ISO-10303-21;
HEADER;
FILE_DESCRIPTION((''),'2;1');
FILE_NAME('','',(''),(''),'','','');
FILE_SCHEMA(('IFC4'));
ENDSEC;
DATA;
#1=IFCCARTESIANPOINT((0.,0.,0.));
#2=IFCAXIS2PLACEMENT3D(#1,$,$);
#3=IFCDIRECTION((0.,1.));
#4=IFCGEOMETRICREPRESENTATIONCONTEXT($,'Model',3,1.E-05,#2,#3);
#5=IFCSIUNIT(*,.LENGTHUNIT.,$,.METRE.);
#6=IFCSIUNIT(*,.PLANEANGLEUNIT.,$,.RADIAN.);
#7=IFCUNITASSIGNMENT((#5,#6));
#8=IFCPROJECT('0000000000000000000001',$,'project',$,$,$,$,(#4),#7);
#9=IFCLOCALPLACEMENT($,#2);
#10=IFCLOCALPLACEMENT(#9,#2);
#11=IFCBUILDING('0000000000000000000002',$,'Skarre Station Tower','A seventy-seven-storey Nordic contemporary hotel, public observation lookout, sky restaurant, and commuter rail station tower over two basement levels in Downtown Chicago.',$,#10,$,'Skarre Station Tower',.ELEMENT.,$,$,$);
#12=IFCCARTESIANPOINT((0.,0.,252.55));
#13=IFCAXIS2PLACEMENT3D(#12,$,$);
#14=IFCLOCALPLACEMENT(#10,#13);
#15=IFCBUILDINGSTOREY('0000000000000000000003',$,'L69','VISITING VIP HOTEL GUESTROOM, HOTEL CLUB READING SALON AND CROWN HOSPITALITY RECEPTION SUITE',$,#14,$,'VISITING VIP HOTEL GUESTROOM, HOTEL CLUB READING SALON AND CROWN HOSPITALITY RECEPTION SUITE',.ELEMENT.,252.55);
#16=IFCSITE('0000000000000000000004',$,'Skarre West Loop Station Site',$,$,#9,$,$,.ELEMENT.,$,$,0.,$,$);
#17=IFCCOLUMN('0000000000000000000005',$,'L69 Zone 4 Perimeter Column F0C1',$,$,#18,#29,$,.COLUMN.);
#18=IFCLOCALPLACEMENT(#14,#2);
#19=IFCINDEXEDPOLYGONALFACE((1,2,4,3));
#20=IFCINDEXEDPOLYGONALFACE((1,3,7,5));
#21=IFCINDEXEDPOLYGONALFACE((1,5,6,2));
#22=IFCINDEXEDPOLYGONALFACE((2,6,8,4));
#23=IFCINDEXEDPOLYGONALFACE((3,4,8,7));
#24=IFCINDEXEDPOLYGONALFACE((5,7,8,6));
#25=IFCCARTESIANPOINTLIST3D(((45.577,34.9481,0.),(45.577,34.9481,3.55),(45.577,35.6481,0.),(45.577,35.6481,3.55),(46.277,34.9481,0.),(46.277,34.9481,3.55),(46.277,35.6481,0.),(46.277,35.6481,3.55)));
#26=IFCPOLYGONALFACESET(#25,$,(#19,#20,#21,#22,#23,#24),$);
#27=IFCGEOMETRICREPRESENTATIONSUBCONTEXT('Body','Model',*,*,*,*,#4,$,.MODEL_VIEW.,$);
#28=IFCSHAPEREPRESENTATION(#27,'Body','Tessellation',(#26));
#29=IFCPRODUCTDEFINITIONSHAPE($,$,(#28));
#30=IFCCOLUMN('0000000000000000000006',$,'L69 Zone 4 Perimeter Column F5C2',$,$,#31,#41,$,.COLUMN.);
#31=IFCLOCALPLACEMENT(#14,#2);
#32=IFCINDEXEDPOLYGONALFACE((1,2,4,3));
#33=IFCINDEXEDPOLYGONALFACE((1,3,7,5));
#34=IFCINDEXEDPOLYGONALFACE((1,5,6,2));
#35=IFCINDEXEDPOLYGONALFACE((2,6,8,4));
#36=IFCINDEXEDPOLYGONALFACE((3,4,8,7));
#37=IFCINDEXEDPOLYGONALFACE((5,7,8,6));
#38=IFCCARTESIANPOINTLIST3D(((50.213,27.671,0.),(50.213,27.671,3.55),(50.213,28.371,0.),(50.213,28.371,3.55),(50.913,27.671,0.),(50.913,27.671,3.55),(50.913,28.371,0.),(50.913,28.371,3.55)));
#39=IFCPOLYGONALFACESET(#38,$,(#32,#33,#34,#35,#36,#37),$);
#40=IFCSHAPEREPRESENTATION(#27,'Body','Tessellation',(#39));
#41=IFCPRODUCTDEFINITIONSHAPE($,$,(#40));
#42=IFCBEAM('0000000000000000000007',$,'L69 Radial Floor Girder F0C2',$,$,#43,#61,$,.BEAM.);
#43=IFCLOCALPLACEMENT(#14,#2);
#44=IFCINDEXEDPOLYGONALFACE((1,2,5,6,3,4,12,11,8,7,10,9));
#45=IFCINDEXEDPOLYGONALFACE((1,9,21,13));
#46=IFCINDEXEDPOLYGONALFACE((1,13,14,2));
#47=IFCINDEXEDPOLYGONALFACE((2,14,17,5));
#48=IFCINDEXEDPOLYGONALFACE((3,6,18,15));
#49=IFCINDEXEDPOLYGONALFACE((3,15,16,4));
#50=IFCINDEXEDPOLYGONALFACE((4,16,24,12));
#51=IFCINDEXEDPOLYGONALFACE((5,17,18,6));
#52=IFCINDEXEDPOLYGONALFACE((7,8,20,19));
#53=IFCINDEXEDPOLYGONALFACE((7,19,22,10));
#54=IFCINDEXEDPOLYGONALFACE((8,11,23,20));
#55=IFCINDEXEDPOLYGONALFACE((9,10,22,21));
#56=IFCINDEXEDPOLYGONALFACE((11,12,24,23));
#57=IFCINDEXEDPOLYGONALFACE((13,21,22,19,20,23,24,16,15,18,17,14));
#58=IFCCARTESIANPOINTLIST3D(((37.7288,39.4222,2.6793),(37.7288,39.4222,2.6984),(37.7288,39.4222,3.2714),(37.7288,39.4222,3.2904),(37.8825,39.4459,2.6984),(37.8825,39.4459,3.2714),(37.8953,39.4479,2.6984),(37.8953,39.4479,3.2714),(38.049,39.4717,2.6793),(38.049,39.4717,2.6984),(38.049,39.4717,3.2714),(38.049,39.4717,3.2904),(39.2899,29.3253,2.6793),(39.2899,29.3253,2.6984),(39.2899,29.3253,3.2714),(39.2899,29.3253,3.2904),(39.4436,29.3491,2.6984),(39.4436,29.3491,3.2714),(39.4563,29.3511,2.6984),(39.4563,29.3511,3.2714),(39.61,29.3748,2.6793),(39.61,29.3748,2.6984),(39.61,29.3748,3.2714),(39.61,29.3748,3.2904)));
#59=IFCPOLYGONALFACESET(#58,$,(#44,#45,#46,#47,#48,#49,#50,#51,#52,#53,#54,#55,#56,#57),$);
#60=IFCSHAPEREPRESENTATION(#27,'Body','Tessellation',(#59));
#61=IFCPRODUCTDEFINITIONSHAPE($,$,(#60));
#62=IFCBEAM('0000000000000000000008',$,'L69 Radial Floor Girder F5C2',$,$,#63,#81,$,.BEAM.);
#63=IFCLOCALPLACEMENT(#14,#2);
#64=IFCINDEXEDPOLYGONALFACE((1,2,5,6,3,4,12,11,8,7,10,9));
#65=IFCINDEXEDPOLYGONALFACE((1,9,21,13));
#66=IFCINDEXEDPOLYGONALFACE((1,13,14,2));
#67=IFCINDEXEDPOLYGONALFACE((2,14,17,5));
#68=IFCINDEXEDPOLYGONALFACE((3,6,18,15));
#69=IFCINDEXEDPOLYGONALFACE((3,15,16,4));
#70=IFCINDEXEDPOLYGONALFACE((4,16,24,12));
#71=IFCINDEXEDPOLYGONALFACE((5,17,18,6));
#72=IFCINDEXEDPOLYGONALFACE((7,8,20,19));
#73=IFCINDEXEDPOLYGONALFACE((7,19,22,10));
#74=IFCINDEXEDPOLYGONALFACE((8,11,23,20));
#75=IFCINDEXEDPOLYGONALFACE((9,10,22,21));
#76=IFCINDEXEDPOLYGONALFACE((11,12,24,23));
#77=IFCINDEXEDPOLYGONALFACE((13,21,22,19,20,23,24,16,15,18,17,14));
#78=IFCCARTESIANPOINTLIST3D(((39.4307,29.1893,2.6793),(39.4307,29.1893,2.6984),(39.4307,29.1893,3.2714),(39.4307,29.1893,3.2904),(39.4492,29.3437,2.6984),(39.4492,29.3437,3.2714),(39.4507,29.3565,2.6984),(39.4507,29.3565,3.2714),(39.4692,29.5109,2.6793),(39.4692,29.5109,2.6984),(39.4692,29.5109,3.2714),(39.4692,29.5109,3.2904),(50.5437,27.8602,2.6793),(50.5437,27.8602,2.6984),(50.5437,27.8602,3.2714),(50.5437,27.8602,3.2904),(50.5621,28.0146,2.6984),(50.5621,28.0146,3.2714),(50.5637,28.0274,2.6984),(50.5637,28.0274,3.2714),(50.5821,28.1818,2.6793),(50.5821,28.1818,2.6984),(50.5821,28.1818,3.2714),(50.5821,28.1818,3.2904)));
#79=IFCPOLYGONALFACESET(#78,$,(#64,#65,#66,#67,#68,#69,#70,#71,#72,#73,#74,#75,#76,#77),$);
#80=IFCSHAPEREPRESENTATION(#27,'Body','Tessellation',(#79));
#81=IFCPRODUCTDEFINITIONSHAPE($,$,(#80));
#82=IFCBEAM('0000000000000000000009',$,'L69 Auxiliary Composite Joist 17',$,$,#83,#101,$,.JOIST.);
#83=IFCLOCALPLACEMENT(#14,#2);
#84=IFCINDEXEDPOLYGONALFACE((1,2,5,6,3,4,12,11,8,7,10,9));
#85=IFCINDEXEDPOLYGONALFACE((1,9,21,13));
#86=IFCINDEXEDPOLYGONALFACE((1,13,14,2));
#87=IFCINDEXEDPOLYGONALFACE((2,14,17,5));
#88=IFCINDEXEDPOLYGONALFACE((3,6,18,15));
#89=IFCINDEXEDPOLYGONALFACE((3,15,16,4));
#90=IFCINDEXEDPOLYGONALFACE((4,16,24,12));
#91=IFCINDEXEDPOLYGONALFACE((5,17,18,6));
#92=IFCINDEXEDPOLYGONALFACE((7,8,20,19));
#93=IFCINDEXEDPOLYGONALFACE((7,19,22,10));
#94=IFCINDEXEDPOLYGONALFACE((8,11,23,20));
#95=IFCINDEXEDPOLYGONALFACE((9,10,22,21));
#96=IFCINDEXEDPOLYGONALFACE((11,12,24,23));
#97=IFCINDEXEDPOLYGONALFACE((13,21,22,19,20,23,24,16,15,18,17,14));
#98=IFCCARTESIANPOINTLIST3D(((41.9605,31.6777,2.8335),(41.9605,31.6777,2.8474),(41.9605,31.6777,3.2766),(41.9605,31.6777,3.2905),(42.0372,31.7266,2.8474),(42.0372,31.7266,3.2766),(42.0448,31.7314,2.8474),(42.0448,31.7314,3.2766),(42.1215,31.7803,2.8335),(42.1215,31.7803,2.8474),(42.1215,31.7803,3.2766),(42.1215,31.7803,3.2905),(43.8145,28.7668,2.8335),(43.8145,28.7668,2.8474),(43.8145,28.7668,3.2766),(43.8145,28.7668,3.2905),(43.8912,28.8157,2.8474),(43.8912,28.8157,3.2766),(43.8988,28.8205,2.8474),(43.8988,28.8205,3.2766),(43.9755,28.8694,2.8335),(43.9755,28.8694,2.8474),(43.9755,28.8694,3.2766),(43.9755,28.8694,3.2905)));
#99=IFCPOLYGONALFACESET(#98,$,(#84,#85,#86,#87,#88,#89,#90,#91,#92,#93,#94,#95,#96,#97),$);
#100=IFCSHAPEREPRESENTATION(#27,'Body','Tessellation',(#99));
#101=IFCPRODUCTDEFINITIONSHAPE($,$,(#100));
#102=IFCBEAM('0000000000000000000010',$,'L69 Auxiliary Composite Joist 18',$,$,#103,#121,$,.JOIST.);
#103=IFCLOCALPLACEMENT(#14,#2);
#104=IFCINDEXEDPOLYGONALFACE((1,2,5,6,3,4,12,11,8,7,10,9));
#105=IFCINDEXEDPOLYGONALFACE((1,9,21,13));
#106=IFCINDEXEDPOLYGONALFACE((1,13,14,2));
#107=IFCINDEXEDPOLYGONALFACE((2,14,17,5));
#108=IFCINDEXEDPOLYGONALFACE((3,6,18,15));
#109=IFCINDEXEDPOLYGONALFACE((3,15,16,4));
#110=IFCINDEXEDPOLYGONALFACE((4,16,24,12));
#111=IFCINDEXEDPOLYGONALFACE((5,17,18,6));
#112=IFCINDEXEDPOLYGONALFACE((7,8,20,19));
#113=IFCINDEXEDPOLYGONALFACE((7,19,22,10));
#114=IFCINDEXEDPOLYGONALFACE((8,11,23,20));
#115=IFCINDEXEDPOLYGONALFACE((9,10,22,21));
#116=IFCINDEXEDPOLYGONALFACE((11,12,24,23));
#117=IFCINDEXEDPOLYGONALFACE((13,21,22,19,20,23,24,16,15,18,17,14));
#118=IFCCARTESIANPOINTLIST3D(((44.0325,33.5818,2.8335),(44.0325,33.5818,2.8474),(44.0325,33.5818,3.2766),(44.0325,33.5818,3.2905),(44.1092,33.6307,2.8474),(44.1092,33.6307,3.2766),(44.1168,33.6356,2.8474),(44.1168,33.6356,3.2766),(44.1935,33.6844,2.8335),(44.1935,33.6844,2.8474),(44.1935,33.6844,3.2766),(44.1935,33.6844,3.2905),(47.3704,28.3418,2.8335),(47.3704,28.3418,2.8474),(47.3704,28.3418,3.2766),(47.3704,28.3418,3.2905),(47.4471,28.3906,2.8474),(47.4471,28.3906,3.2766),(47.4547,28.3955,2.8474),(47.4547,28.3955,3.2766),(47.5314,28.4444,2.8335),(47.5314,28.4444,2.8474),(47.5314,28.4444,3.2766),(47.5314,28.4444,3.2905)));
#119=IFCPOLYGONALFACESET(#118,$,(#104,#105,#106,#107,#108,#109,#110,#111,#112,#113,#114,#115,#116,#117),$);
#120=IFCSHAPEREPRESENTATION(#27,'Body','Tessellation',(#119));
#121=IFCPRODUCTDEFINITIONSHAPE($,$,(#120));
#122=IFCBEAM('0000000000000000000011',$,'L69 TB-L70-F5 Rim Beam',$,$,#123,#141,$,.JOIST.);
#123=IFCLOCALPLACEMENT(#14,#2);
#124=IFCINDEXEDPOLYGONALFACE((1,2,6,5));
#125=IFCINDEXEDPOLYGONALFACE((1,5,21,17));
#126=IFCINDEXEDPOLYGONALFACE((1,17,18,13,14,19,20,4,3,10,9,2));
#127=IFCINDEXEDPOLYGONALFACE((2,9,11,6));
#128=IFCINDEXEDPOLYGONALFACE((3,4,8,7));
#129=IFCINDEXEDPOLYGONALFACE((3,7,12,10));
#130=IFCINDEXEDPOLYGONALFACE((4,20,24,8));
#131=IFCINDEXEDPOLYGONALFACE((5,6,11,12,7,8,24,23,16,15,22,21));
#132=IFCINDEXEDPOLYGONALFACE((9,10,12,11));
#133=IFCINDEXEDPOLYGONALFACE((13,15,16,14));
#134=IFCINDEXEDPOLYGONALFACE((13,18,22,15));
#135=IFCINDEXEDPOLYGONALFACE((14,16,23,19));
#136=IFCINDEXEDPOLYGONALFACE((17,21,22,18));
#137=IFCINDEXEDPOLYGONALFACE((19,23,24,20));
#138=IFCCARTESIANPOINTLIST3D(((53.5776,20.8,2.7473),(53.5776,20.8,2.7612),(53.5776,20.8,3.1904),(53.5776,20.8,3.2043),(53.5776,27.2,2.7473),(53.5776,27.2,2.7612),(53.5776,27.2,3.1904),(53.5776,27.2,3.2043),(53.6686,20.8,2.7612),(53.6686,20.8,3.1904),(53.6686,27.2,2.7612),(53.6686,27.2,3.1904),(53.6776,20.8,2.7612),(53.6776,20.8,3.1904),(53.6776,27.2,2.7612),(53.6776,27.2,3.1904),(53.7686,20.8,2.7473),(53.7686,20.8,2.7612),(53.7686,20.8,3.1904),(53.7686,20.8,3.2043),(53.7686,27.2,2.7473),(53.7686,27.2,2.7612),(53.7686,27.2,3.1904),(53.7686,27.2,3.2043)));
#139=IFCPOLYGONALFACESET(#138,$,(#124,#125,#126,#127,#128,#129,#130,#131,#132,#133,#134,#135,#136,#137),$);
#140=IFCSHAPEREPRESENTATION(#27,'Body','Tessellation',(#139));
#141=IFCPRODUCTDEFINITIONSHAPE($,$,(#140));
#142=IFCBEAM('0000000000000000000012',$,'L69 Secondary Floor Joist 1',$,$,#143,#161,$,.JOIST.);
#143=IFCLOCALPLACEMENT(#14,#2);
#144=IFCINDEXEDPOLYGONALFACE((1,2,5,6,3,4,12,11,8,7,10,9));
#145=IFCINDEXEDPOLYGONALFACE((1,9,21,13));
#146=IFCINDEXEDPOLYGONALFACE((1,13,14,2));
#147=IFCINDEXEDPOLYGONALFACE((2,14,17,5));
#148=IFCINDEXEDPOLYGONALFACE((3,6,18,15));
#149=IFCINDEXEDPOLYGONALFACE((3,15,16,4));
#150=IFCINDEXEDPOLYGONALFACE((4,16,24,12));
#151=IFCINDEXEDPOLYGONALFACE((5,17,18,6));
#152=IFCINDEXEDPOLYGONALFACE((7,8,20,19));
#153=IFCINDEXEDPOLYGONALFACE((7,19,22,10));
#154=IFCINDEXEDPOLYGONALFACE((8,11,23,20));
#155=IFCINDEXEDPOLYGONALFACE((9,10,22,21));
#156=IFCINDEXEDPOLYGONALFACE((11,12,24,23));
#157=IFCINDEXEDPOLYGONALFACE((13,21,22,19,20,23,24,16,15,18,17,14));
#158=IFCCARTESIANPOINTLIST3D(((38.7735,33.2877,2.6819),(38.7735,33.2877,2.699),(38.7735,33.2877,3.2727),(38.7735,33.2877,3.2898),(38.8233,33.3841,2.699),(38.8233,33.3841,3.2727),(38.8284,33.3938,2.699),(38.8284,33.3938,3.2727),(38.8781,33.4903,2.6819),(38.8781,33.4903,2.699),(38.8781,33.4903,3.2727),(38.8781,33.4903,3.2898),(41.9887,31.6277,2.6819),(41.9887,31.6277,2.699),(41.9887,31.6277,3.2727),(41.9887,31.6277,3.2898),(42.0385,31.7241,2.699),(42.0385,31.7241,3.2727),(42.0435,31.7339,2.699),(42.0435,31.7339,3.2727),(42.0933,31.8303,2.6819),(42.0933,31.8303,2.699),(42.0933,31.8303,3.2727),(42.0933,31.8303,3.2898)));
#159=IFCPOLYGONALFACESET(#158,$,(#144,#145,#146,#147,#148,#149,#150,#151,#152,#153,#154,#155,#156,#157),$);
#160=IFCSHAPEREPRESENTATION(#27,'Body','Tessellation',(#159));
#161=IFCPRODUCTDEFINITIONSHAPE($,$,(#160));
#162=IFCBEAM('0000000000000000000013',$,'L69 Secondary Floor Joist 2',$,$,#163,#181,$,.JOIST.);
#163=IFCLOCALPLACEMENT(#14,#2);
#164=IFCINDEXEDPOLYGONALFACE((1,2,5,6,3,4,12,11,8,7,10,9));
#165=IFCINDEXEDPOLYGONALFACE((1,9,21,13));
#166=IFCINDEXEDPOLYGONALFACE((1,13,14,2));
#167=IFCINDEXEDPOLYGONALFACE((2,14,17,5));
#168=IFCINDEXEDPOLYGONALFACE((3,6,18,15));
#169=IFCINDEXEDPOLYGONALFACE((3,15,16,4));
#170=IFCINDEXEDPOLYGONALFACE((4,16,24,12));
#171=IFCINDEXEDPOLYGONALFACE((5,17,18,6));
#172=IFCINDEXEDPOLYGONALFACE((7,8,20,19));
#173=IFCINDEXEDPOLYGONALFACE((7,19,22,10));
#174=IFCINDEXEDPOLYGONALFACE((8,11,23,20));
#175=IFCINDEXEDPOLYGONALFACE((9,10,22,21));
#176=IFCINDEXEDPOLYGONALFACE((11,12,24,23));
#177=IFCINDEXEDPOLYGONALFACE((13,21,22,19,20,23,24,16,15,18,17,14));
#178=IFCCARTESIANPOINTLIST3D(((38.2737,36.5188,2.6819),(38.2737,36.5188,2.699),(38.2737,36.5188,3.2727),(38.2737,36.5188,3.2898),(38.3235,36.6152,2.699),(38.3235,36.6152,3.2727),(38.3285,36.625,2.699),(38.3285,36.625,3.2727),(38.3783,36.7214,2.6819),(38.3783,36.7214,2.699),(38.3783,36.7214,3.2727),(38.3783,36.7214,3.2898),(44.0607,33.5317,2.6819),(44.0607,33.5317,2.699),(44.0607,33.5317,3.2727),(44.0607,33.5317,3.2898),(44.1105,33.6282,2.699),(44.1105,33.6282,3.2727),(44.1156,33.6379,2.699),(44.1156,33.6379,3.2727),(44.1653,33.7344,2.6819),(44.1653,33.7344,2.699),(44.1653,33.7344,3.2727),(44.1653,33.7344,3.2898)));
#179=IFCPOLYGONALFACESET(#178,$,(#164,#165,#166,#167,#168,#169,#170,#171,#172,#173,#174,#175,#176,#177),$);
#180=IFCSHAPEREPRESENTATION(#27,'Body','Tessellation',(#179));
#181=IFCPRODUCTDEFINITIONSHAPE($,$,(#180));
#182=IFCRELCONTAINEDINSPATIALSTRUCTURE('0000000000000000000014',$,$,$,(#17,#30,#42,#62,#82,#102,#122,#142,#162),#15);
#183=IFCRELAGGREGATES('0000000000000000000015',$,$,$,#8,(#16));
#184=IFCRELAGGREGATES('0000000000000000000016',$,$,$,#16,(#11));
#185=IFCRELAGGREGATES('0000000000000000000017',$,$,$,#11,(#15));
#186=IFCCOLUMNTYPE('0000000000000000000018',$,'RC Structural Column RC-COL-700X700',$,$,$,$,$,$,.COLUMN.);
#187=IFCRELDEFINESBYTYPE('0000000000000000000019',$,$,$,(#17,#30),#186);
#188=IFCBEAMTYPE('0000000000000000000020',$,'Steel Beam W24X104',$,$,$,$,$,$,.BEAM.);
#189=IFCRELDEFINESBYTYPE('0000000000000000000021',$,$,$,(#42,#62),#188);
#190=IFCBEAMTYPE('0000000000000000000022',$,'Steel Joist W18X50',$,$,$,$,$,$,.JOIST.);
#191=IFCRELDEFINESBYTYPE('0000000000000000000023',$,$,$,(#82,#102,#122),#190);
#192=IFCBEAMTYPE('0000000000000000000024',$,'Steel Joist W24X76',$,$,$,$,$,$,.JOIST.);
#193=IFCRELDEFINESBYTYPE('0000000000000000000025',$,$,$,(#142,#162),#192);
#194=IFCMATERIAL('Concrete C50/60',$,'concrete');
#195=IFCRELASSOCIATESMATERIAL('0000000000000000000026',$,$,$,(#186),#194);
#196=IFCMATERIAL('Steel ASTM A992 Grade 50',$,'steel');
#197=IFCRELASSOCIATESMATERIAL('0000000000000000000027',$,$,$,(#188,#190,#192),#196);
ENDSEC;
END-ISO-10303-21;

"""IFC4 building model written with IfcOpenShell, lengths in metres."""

from ifc_helpers import new_model, si_unit, direction, frame, origin, origin_2d, place, context, subcontext, project, spatial, rectangle, i_section, extrude, material, material_profile, profile_set, type_object, element, save


model = new_model("IFC4")

# Units and contexts
model_context = context("Model", 3, precision=1e-05, world=origin(), true_north=direction((0.0, 1.0)))
body_context = subcontext(model_context, "Body", "Model", "MODEL_VIEW")
ifc_project = project(units=[si_unit("LENGTHUNIT", "METRE"), si_unit("PLANEANGLEUNIT", "RADIAN")], contexts=[model_context])

# Site, building, storey
site_placement = place(None, origin())
site = spatial("IfcSite", under=ifc_project, at=site_placement, Name="Skarre West Loop Station Site", CompositionType="ELEMENT", RefElevation=0.0)
building_placement = place(site_placement, origin())
building = spatial("IfcBuilding", under=site, at=building_placement, Name="Skarre Station Tower", Description="A seventy-seven-storey Nordic contemporary hotel, public observation lookout, sky restaurant, and commuter rail station tower over two basement levels in Downtown Chicago.", LongName="Skarre Station Tower", CompositionType="ELEMENT")
storey_placement = place(building_placement, frame((0.0, 0.0, 252.55)))
storey = spatial("IfcBuildingStorey", under=building, at=storey_placement, Name="L69", Description="VISITING VIP HOTEL GUESTROOM, HOTEL CLUB READING SALON AND CROWN HOSPITALITY RECEPTION SUITE", LongName="VISITING VIP HOTEL GUESTROOM, HOTEL CLUB READING SALON AND CROWN HOSPITALITY RECEPTION SUITE", CompositionType="ELEMENT", Elevation=252.55)

# Columns
ifc_material_1 = material(Name="Concrete C50/60", Category="concrete")
ifc_material_profile_1 = material_profile(ifc_material_1, rectangle(XDim=0.7, YDim=0.7, at=origin_2d()), Name="Concrete C50/60")
ifc_profile_set_1 = profile_set([ifc_material_profile_1], Name="Concrete C50/60")
column_type = type_object("IfcColumnType", Name="RC Structural Column RC-COL-700X700", PredefinedType="COLUMN", material=ifc_profile_set_1)
for number, where, z_axis, x_axis, name in (
    (1, (45.927, 35.2981, 0.0), (0.0, 0.0, 1.0), (1.0, 0.0, 0.0), "L69 Zone 4 Perimeter Column F0C1"),
    (2, (50.563, 28.021, 0.0), (0.0, 0.0, 1.0), (1.0, 0.0, 0.0), "L69 Zone 4 Perimeter Column F5C2"),
):
    element("IfcColumn", number, at=place(storey_placement, frame(where, z_axis=z_axis, x_axis=x_axis)), inside=storey, type_object=column_type, Name=name, PredefinedType="COLUMN", context=body_context, shape_type="SweptSolid", body=[
        extrude(rectangle(XDim=0.7, YDim=0.7, at=origin_2d()), origin(), (0.0, 0.0, 1.0), 3.55),
    ])

# Beams
ifc_material_2 = material(Name="Steel ASTM A992 Grade 50", Category="steel")
ifc_material_profile_2 = material_profile(ifc_material_2, i_section(OverallWidth=0.324, OverallDepth=0.6111, WebThickness=0.0129, FlangeThickness=0.019, at=origin_2d()), Name="Steel ASTM A992 Grade 50")
ifc_profile_set_2 = profile_set([ifc_material_profile_2], Name="Steel ASTM A992 Grade 50")
beam_type_1 = type_object("IfcBeamType", Name="Steel Beam W24X104", PredefinedType="BEAM", material=ifc_profile_set_2)
beam_1_placement = place(storey_placement, frame((39.45, 29.3501, 2.9849), z_axis=(-0.15279, 0.988259, 0.0), x_axis=(-0.988259, -0.15279, 0.0)))
element("IfcBeam", 3, at=beam_1_placement, inside=storey, type_object=beam_type_1, Name="L69 Radial Floor Girder F0C2", PredefinedType="BEAM", context=body_context, shape_type="SweptSolid", body=[
    extrude(i_section(OverallWidth=0.324, OverallDepth=0.6111, WebThickness=0.0129, FlangeThickness=0.019, at=origin_2d()), origin(), (0.0, 0.0, 1.0), 10.2168),
])
beam_2_placement = place(storey_placement, frame((39.45, 29.3501, 2.9849), z_axis=(0.992924, -0.118752, 0.0), x_axis=(0.118752, 0.992924, 0.0)))
element("IfcBeam", 4, at=beam_2_placement, inside=storey, type_object=beam_type_1, Name="L69 Radial Floor Girder F5C2", PredefinedType="BEAM", context=body_context, shape_type="SweptSolid", body=[
    extrude(i_section(OverallWidth=0.324, OverallDepth=0.6111, WebThickness=0.0129, FlangeThickness=0.019, at=origin_2d()), origin(), (0.0, 0.0, 1.0), 11.1921),
])
ifc_material_profile_3 = material_profile(ifc_material_2, i_section(OverallWidth=0.1909, OverallDepth=0.457, WebThickness=0.009, FlangeThickness=0.0139, at=origin_2d()), Name="Steel ASTM A992 Grade 50")
ifc_profile_set_3 = profile_set([ifc_material_profile_3], Name="Steel ASTM A992 Grade 50")
beam_type_2 = type_object("IfcBeamType", Name="Steel Joist W18X50", PredefinedType="JOIST", material=ifc_profile_set_3)
beam_3_placement = place(storey_placement, frame((43.895, 28.8181, 3.062), z_axis=(-0.53721, 0.843449, 0.0), x_axis=(-0.843449, -0.53721, 0.0)))
element("IfcBeam", 5, at=beam_3_placement, inside=storey, type_object=beam_type_2, Name="L69 Auxiliary Composite Joist 17", PredefinedType="JOIST", context=body_context, shape_type="SweptSolid", body=[
    extrude(i_section(OverallWidth=0.1909, OverallDepth=0.457, WebThickness=0.009, FlangeThickness=0.0139, at=origin_2d()), origin(), (0.0, 0.0, 1.0), 3.4512),
])
beam_4_placement = place(storey_placement, frame((47.4509, 28.3931, 3.062), z_axis=(-0.537259, 0.843417, 0.0), x_axis=(-0.843417, -0.537259, 0.0)))
element("IfcBeam", 6, at=beam_4_placement, inside=storey, type_object=beam_type_2, Name="L69 Auxiliary Composite Joist 18", PredefinedType="JOIST", context=body_context, shape_type="SweptSolid", body=[
    extrude(i_section(OverallWidth=0.1909, OverallDepth=0.457, WebThickness=0.009, FlangeThickness=0.0139, at=origin_2d()), origin(), (0.0, 0.0, 1.0), 6.2129),
])
beam_5_placement = place(storey_placement, frame((53.6731, 20.8, 2.9758), z_axis=(0.0, 1.0, 0.0), x_axis=(-1.0, 0.0, 0.0)))
element("IfcBeam", 7, at=beam_5_placement, inside=storey, type_object=beam_type_2, Name="L69 TB-L70-F5 Rim Beam", PredefinedType="JOIST", context=body_context, shape_type="SweptSolid", body=[
    extrude(i_section(OverallWidth=0.1909, OverallDepth=0.457, WebThickness=0.009, FlangeThickness=0.0139, at=origin_2d()), origin(), (0.0, 0.0, 1.0), 6.3999),
])
ifc_material_profile_4 = material_profile(ifc_material_2, i_section(OverallWidth=0.228, OverallDepth=0.6079, WebThickness=0.011, FlangeThickness=0.0171, at=origin_2d()), Name="Steel ASTM A992 Grade 50")
ifc_profile_set_4 = profile_set([ifc_material_profile_4], Name="Steel ASTM A992 Grade 50")
beam_type_3 = type_object("IfcBeamType", Name="Steel Joist W24X76", PredefinedType="JOIST", material=ifc_profile_set_4)
beam_6_placement = place(storey_placement, frame((42.041, 31.729, 2.9858), z_axis=(-0.888563, 0.458755, 0.0), x_axis=(-0.458755, -0.888563, 0.0)))
element("IfcBeam", 8, at=beam_6_placement, inside=storey, type_object=beam_type_3, Name="L69 Secondary Floor Joist 1", PredefinedType="JOIST", context=body_context, shape_type="SweptSolid", body=[
    extrude(i_section(OverallWidth=0.228, OverallDepth=0.6079, WebThickness=0.011, FlangeThickness=0.0171, at=origin_2d()), origin(), (0.0, 0.0, 1.0), 3.6184),
])
beam_7_placement = place(storey_placement, frame((44.113, 33.6331, 2.9858), z_axis=(-0.88861, 0.458663, 0.0), x_axis=(-0.458663, -0.88861, 0.0)))
element("IfcBeam", 9, at=beam_7_placement, inside=storey, type_object=beam_type_3, Name="L69 Secondary Floor Joist 2", PredefinedType="JOIST", context=body_context, shape_type="SweptSolid", body=[
    extrude(i_section(OverallWidth=0.228, OverallDepth=0.6079, WebThickness=0.011, FlangeThickness=0.0171, at=origin_2d()), origin(), (0.0, 0.0, 1.0), 6.5125),
])

save(model, "model.ifc")
